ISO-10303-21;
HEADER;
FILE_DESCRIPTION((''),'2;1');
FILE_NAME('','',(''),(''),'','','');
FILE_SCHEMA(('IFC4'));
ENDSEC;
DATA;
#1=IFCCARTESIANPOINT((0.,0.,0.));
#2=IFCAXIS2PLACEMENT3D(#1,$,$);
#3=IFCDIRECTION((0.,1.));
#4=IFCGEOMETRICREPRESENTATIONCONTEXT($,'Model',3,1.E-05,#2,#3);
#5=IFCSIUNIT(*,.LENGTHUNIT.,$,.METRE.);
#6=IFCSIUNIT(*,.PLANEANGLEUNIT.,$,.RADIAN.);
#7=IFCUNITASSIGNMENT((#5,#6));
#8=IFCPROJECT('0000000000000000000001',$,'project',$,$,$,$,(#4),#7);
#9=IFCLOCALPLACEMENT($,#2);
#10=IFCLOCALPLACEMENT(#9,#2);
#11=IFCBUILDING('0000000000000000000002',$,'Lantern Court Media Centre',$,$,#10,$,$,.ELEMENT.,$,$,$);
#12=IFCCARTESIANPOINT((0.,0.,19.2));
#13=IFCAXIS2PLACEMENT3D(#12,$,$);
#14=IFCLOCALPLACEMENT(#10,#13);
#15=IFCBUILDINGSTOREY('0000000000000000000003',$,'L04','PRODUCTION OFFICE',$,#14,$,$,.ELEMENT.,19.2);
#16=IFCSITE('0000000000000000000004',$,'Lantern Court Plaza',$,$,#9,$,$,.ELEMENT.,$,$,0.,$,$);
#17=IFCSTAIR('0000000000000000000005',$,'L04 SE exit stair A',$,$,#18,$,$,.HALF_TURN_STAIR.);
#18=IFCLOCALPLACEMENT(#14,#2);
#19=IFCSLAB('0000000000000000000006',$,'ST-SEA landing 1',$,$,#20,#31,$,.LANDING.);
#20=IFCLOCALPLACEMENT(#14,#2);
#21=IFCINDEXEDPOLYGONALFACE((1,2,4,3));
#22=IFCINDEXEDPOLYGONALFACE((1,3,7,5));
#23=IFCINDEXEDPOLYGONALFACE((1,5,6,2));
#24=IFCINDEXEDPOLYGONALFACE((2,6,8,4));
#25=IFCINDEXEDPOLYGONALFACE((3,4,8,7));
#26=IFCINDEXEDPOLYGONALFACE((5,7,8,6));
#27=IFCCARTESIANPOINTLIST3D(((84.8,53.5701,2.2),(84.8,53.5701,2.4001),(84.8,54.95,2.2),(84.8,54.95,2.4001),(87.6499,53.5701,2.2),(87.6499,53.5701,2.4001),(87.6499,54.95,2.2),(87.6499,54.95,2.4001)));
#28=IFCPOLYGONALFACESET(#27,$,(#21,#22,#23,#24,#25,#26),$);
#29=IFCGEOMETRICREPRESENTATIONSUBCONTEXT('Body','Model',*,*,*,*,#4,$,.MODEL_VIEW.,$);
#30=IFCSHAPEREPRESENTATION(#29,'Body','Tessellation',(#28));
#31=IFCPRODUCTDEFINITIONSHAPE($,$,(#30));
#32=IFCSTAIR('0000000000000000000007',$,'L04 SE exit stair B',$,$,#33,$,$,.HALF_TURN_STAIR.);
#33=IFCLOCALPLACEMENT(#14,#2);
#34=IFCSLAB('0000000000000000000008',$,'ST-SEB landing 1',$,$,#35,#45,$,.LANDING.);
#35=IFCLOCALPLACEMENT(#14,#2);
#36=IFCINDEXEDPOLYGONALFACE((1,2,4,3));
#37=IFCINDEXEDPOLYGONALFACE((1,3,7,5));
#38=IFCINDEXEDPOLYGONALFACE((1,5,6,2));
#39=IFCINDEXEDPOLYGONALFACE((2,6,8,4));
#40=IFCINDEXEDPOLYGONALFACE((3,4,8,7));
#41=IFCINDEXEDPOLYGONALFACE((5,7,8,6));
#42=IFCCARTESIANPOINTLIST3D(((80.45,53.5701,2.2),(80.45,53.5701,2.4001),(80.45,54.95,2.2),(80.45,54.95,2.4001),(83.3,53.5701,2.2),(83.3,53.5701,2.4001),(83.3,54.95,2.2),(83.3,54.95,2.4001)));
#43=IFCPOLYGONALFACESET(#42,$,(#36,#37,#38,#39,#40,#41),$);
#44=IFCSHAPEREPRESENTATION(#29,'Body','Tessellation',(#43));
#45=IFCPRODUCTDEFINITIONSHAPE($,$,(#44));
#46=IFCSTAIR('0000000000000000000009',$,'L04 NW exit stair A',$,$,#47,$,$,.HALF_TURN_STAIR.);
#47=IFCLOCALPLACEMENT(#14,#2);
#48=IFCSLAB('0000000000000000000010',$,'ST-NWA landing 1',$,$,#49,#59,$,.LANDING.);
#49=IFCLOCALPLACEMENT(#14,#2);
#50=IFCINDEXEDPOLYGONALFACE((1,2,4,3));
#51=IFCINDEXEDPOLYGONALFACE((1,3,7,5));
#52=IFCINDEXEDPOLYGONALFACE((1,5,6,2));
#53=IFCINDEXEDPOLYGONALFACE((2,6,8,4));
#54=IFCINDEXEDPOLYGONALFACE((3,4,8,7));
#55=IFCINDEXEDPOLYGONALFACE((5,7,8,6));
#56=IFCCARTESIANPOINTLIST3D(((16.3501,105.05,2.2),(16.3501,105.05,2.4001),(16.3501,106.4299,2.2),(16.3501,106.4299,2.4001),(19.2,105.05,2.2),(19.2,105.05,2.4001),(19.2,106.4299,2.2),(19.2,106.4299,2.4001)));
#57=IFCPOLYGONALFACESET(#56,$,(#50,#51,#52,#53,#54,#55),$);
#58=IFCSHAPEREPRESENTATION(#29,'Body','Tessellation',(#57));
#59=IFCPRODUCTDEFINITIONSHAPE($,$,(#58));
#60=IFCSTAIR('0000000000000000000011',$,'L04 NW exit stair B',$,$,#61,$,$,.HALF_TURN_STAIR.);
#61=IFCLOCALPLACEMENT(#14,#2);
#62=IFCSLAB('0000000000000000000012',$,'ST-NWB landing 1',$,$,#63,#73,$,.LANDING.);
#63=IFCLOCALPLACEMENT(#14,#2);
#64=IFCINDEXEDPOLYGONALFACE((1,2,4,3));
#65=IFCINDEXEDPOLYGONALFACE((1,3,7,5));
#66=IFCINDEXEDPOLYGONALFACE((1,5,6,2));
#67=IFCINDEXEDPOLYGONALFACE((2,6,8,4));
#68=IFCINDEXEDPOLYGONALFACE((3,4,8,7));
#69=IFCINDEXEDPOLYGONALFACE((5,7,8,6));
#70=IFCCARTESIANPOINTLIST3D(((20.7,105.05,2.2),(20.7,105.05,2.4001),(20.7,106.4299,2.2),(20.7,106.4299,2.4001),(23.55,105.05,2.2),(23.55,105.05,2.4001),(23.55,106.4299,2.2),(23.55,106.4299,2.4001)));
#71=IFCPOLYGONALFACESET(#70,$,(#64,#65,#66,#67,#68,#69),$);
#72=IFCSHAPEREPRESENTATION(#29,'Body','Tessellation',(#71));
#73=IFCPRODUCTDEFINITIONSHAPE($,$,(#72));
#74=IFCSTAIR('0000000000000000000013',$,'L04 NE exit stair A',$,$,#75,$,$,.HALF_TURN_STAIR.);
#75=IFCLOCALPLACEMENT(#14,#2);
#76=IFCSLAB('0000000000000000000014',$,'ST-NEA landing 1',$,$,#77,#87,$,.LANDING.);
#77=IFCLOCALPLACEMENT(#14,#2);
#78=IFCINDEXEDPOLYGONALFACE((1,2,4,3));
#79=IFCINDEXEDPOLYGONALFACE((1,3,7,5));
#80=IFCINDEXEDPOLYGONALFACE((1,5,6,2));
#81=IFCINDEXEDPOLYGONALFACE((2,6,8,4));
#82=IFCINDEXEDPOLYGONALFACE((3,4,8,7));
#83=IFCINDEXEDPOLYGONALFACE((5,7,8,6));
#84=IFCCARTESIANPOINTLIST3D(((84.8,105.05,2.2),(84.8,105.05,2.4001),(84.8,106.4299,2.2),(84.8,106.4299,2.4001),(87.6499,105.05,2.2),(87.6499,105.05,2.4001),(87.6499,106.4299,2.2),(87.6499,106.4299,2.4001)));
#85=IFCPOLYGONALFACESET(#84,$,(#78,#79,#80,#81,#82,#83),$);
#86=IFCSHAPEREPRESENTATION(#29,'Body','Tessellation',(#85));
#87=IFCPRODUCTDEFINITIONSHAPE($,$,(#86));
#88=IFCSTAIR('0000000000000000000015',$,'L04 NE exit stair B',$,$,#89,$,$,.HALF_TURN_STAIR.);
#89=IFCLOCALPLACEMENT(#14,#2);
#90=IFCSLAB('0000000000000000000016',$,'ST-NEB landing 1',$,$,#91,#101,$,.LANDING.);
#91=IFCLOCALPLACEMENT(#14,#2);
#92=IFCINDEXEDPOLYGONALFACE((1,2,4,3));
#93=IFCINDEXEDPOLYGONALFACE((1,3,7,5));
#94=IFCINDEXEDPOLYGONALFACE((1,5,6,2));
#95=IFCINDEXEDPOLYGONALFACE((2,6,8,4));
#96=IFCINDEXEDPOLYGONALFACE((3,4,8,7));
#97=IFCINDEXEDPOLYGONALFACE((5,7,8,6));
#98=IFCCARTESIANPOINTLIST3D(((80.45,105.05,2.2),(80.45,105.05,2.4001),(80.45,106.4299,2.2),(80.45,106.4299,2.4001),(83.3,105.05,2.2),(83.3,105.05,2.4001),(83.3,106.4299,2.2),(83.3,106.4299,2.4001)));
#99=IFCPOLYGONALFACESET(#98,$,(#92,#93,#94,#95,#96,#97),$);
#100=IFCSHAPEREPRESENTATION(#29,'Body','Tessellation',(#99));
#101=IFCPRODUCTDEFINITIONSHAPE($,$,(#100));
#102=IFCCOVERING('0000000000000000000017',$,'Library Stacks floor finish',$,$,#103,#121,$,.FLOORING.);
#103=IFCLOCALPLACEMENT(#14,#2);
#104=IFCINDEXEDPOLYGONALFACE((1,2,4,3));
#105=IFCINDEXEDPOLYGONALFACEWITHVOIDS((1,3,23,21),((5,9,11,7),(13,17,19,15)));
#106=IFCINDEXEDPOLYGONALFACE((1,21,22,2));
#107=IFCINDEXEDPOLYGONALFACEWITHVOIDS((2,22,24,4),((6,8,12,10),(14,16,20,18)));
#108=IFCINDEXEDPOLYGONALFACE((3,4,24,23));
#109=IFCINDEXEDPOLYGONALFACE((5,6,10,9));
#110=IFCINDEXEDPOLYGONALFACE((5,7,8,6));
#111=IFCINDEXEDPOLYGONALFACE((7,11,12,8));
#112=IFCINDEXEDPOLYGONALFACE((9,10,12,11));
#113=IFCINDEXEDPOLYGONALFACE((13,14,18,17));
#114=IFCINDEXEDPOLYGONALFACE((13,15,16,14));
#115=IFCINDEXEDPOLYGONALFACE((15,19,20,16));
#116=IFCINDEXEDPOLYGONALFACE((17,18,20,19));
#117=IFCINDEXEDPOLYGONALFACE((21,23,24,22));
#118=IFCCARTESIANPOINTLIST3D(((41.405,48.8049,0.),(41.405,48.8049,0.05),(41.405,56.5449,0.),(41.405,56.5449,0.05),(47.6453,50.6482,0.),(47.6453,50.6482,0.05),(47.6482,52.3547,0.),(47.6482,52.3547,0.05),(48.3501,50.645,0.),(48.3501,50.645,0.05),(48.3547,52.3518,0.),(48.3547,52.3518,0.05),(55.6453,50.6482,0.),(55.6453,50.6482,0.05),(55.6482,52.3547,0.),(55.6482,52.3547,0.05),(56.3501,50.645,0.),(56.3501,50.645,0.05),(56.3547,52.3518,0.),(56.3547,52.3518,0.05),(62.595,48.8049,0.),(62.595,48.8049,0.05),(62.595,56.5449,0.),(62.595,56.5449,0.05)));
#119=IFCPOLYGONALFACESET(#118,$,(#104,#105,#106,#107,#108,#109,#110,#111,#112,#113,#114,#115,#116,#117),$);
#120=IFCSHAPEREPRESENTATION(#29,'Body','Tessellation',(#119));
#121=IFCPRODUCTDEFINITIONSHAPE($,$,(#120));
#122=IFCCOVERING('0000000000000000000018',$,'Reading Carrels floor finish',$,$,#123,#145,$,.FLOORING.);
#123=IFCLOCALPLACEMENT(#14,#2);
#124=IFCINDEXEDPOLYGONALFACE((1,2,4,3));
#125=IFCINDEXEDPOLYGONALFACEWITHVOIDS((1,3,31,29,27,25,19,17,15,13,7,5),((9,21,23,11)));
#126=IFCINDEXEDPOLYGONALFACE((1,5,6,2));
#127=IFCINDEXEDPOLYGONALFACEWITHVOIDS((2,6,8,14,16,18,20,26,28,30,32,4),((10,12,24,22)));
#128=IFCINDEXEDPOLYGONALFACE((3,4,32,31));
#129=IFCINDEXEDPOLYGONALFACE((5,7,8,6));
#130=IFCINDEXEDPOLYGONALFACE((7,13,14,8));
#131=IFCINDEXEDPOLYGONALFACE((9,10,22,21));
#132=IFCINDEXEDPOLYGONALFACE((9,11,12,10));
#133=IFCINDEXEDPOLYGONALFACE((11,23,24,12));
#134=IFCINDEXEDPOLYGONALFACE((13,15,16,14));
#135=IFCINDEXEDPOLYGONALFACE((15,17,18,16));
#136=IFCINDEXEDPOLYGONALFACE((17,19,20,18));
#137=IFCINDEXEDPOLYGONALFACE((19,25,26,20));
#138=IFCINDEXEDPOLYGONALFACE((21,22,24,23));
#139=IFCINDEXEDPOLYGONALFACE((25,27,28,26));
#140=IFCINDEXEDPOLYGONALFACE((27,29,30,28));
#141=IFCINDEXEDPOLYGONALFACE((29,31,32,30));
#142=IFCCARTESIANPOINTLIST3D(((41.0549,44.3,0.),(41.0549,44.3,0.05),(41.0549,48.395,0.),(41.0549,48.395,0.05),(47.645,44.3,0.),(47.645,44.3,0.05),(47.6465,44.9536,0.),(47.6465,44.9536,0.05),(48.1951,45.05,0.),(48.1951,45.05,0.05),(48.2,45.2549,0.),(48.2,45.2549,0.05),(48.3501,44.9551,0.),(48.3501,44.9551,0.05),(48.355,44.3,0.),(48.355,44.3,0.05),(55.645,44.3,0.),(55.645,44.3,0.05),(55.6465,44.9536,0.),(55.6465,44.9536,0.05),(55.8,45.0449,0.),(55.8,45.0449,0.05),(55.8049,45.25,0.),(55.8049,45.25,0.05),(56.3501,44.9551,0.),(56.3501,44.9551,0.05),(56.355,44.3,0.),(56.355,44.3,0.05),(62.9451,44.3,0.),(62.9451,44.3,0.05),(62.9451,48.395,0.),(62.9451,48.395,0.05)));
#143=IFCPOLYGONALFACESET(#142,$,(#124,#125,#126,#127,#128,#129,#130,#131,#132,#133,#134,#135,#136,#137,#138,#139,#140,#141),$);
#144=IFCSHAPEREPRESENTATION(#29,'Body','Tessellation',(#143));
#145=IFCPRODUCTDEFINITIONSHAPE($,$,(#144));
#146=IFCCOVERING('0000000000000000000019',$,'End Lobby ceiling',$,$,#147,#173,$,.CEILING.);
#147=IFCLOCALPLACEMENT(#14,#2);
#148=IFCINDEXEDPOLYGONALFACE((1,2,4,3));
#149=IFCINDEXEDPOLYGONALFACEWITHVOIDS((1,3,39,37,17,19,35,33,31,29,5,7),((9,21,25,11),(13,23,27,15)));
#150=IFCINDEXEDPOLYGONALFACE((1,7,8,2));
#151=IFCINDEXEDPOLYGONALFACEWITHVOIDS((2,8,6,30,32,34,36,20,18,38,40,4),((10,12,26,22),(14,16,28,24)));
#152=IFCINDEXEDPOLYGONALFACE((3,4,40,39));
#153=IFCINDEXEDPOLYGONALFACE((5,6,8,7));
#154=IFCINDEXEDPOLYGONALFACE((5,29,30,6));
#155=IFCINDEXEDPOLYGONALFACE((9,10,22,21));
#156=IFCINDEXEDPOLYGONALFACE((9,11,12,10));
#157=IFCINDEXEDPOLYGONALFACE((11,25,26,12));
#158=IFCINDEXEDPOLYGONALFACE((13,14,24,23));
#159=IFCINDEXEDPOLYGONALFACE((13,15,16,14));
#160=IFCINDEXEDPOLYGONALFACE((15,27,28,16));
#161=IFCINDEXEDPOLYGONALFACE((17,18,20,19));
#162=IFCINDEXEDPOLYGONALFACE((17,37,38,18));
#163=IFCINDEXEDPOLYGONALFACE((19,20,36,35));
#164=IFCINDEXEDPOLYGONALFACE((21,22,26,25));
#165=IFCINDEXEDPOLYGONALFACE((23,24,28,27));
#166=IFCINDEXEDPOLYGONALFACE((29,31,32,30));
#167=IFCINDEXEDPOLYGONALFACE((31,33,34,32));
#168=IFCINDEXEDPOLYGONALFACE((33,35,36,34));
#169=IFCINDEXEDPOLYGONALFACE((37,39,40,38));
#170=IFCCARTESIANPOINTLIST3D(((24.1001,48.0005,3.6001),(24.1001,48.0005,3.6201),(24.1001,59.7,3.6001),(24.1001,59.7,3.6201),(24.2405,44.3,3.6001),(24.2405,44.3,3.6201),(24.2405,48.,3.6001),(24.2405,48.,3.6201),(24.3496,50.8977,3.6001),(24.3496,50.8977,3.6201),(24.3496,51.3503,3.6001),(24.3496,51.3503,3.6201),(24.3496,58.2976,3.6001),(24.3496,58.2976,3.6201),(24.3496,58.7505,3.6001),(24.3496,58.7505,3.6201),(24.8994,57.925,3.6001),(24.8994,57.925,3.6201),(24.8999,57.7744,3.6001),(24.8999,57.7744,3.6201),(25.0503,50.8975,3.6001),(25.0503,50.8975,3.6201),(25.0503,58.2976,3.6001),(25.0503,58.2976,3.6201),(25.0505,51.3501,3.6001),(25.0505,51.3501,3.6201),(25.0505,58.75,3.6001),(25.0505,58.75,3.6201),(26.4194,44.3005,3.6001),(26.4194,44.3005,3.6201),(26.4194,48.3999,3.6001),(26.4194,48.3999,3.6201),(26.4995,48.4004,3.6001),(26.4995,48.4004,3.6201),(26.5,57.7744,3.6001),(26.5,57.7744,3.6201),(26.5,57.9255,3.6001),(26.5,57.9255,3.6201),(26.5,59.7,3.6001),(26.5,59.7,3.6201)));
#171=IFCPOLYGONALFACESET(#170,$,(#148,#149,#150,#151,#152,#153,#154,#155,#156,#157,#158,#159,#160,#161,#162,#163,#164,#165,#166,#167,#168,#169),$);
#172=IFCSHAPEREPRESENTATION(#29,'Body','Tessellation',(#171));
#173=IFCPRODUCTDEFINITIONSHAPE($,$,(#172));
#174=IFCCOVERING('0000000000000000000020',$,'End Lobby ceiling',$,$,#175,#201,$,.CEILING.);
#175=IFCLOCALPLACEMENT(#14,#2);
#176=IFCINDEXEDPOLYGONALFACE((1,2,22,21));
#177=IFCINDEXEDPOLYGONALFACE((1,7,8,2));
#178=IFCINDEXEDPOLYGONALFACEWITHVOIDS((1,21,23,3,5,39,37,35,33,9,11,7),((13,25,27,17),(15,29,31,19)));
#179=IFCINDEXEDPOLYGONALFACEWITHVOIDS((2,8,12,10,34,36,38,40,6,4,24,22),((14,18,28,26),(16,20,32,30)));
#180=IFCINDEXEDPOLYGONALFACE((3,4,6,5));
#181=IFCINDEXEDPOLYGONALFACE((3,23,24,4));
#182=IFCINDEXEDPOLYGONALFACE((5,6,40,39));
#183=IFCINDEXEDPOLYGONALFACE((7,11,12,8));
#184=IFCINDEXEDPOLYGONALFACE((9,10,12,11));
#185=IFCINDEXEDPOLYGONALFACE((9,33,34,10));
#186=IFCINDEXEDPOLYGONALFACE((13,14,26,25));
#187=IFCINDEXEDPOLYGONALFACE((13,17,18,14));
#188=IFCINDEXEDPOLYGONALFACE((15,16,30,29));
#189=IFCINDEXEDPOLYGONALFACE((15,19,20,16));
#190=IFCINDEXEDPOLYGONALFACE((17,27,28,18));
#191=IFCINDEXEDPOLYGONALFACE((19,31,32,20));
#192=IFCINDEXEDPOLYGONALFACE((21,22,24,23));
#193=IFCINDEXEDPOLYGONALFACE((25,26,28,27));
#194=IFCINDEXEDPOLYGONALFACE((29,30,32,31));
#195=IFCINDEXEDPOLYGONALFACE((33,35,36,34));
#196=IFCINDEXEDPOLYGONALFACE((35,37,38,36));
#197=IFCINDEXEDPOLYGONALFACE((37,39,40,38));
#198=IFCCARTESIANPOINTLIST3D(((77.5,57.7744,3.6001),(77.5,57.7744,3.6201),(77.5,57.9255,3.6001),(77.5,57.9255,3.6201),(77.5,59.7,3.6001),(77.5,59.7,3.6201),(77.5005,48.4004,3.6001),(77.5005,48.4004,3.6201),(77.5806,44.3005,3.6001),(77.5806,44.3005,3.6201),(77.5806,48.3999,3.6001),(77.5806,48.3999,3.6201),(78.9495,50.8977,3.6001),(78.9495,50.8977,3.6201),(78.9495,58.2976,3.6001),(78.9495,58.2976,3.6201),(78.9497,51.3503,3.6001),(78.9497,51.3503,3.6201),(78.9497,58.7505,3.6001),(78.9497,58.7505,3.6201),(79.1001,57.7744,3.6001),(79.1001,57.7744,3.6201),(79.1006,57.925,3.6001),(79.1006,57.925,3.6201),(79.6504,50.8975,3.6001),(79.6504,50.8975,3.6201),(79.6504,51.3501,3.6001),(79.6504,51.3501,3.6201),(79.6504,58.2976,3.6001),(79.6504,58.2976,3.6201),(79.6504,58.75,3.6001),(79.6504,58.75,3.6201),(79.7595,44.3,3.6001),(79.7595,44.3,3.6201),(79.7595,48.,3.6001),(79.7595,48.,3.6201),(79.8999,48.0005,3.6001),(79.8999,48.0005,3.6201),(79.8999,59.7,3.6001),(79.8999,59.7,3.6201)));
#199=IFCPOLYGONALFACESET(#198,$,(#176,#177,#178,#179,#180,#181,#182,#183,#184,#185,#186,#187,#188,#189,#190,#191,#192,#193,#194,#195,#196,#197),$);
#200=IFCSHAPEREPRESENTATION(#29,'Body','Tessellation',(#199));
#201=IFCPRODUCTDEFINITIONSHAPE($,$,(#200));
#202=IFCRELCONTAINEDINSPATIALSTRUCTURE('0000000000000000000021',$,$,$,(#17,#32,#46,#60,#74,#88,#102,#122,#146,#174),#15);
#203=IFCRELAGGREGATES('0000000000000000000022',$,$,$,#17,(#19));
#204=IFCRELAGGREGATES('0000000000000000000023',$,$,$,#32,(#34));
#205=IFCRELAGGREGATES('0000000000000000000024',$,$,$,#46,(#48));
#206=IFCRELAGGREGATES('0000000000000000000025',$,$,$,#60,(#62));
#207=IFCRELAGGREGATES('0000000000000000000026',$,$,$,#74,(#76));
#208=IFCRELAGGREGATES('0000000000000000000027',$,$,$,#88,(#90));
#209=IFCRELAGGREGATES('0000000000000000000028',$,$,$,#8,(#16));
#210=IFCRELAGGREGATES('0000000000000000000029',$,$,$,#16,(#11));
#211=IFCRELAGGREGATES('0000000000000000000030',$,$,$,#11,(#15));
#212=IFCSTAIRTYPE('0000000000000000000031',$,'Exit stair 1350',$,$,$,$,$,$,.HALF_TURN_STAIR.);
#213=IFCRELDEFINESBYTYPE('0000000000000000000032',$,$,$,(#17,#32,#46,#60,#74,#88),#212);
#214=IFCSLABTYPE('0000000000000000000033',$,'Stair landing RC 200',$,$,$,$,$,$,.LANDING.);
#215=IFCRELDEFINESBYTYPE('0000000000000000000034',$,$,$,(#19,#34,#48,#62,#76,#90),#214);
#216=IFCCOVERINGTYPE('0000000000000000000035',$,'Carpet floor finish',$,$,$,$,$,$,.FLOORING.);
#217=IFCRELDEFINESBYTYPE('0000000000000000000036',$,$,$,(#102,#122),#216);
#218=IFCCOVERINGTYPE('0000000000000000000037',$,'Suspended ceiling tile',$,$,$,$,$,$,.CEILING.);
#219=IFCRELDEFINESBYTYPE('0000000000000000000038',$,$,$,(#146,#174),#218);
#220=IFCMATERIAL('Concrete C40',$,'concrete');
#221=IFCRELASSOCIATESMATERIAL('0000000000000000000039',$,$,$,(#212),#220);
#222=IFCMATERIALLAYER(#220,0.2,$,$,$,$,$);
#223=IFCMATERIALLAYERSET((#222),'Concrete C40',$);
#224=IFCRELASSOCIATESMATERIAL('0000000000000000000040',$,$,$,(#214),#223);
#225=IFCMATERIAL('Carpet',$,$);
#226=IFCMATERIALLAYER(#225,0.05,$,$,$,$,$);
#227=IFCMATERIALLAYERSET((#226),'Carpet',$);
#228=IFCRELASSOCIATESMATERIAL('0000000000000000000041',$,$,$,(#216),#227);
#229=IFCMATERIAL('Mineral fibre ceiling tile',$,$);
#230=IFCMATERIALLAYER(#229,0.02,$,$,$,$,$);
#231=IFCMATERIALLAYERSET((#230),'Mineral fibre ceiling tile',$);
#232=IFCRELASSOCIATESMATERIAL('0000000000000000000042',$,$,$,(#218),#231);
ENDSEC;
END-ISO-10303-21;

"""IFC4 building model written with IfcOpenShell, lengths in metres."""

from ifc_helpers import new_model, si_unit, direction, frame, origin, place, context, subcontext, project, spatial, polyline, outline, extrude, material, layer, layer_set, type_object, element, aggregate, save


model = new_model("IFC4")

# Units and contexts
model_context = context("Model", 3, precision=1e-05, world=origin(), true_north=direction((0.0, 1.0)))
body_context = subcontext(model_context, "Body", "Model", "MODEL_VIEW")
ifc_project = project(units=[si_unit("LENGTHUNIT", "METRE"), si_unit("PLANEANGLEUNIT", "RADIAN")], contexts=[model_context])

# Site, building, storey
site_placement = place(None, origin())
site = spatial("IfcSite", under=ifc_project, at=site_placement, Name="Lantern Court Plaza", CompositionType="ELEMENT", RefElevation=0.0)
building_placement = place(site_placement, origin())
building = spatial("IfcBuilding", under=site, at=building_placement, Name="Lantern Court Media Centre", CompositionType="ELEMENT")
storey_placement = place(building_placement, frame((0.0, 0.0, 19.2)))
storey = spatial("IfcBuildingStorey", under=building, at=storey_placement, Name="L04", Description="PRODUCTION OFFICE", CompositionType="ELEMENT", Elevation=19.2)

# Stairs, slabs
ifc_material_1 = material(Name="Concrete C40", Category="concrete")
stair_type = type_object("IfcStairType", Name="Exit stair 1350", PredefinedType="HALF_TURN_STAIR", material=ifc_material_1)
ifc_layer_1 = layer(ifc_material_1, 0.2)
ifc_layer_set_1 = layer_set([ifc_layer_1], Name="Concrete C40")
slab_type_1 = type_object("IfcSlabType", Name="Stair landing RC 200", PredefinedType="LANDING", material=ifc_layer_set_1)
stair_1_placement = place(storey_placement, origin())
stair_1 = element("IfcStair", 1, at=stair_1_placement, inside=storey, type_object=stair_type, Name="L04 SE exit stair A", PredefinedType="HALF_TURN_STAIR")
slab_1_placement = place(storey_placement, frame((0.0, 0.0, 2.2)))
slab_1 = element("IfcSlab", 2, at=slab_1_placement, type_object=slab_type_1, Name="ST-SEA landing 1", PredefinedType="LANDING", context=body_context, shape_type="SweptSolid", body=[
    extrude(outline(polyline([(87.6499, 53.5701), (87.6499, 54.95), (84.8, 54.95), (84.8, 53.5701), (87.6499, 53.5701)])), origin(), (0.0, 0.0, 1.0), 0.2002),
])
aggregate(stair_1, [slab_1])
stair_2_placement = place(storey_placement, origin())
stair_2 = element("IfcStair", 3, at=stair_2_placement, inside=storey, type_object=stair_type, Name="L04 SE exit stair B", PredefinedType="HALF_TURN_STAIR")
slab_2_placement = place(storey_placement, frame((0.0, 0.0, 2.2)))
slab_2 = element("IfcSlab", 4, at=slab_2_placement, type_object=slab_type_1, Name="ST-SEB landing 1", PredefinedType="LANDING", context=body_context, shape_type="SweptSolid", body=[
    extrude(outline(polyline([(83.3, 53.5701), (83.3, 54.95), (80.45, 54.95), (80.45, 53.5701), (83.3, 53.5701)])), origin(), (0.0, 0.0, 1.0), 0.2002),
])
aggregate(stair_2, [slab_2])
stair_3_placement = place(storey_placement, origin())
stair_3 = element("IfcStair", 5, at=stair_3_placement, inside=storey, type_object=stair_type, Name="L04 NW exit stair A", PredefinedType="HALF_TURN_STAIR")
slab_3_placement = place(storey_placement, frame((0.0, 0.0, 2.2)))
slab_3 = element("IfcSlab", 6, at=slab_3_placement, type_object=slab_type_1, Name="ST-NWA landing 1", PredefinedType="LANDING", context=body_context, shape_type="SweptSolid", body=[
    extrude(outline(polyline([(16.3501, 106.4299), (16.3501, 105.05), (19.2, 105.05), (19.2, 106.4299), (16.3501, 106.4299)])), origin(), (0.0, 0.0, 1.0), 0.2002),
])
aggregate(stair_3, [slab_3])
stair_4_placement = place(storey_placement, origin())
stair_4 = element("IfcStair", 7, at=stair_4_placement, inside=storey, type_object=stair_type, Name="L04 NW exit stair B", PredefinedType="HALF_TURN_STAIR")
slab_4_placement = place(storey_placement, frame((0.0, 0.0, 2.2)))
slab_4 = element("IfcSlab", 8, at=slab_4_placement, type_object=slab_type_1, Name="ST-NWB landing 1", PredefinedType="LANDING", context=body_context, shape_type="SweptSolid", body=[
    extrude(outline(polyline([(20.7, 106.4299), (20.7, 105.05), (23.55, 105.05), (23.55, 106.4299), (20.7, 106.4299)])), origin(), (0.0, 0.0, 1.0), 0.2002),
])
aggregate(stair_4, [slab_4])
stair_5_placement = place(storey_placement, origin())
stair_5 = element("IfcStair", 9, at=stair_5_placement, inside=storey, type_object=stair_type, Name="L04 NE exit stair A", PredefinedType="HALF_TURN_STAIR")
slab_5_placement = place(storey_placement, frame((0.0, 0.0, 2.2)))
slab_5 = element("IfcSlab", 10, at=slab_5_placement, type_object=slab_type_1, Name="ST-NEA landing 1", PredefinedType="LANDING", context=body_context, shape_type="SweptSolid", body=[
    extrude(outline(polyline([(84.8, 106.4299), (84.8, 105.05), (87.6499, 105.05), (87.6499, 106.4299), (84.8, 106.4299)])), origin(), (0.0, 0.0, 1.0), 0.2002),
])
aggregate(stair_5, [slab_5])
stair_6_placement = place(storey_placement, origin())
stair_6 = element("IfcStair", 11, at=stair_6_placement, inside=storey, type_object=stair_type, Name="L04 NE exit stair B", PredefinedType="HALF_TURN_STAIR")
slab_6_placement = place(storey_placement, frame((0.0, 0.0, 2.2)))
slab_6 = element("IfcSlab", 12, at=slab_6_placement, type_object=slab_type_1, Name="ST-NEB landing 1", PredefinedType="LANDING", context=body_context, shape_type="SweptSolid", body=[
    extrude(outline(polyline([(80.45, 106.4299), (80.45, 105.05), (83.3, 105.05), (83.3, 106.4299), (80.45, 106.4299)])), origin(), (0.0, 0.0, 1.0), 0.2002),
])
aggregate(stair_6, [slab_6])

# Coverings
ifc_material_2 = material(Name="Carpet")
ifc_layer_2 = layer(ifc_material_2, 0.05)
ifc_layer_set_2 = layer_set([ifc_layer_2], Name="Carpet")
covering_type_1 = type_object("IfcCoveringType", Name="Carpet floor finish", PredefinedType="FLOORING", material=ifc_layer_set_2)
covering_1_placement = place(storey_placement, origin())
element("IfcCovering", 13, at=covering_1_placement, inside=storey, type_object=covering_type_1, Name="Library Stacks floor finish", PredefinedType="FLOORING", context=body_context, shape_type="SweptSolid", body=[
    extrude(outline(polyline([(41.405, 56.5449), (62.595, 56.5449), (62.595, 48.8049), (41.405, 48.8049), (41.405, 56.5449)]), holes=[polyline([(56.3501, 50.645), (56.3547, 52.3518), (55.6482, 52.3547), (55.6453, 50.6482), (56.3501, 50.645)]), polyline([(48.3501, 50.645), (48.3547, 52.3518), (47.6482, 52.3547), (47.6453, 50.6482), (48.3501, 50.645)])]), origin(), (0.0, 0.0, 1.0), 0.05),
])
covering_2_placement = place(storey_placement, origin())
element("IfcCovering", 14, at=covering_2_placement, inside=storey, type_object=covering_type_1, Name="Reading Carrels floor finish", PredefinedType="FLOORING", context=body_context, shape_type="SweptSolid", body=[
    extrude(outline(polyline([(41.0549, 44.3), (41.0549, 48.395), (62.9451, 48.395), (62.9451, 44.3), (56.355, 44.3), (56.3501, 44.9551), (55.6465, 44.9536), (55.645, 44.3), (48.355, 44.3), (48.3501, 44.9551), (47.6465, 44.9536), (47.645, 44.3), (41.0549, 44.3)]), holes=[polyline([(48.1951, 45.05), (55.8, 45.0449), (55.8049, 45.25), (48.2, 45.2549), (48.1951, 45.05)])]), origin(), (0.0, 0.0, 1.0), 0.05),
])
ifc_material_3 = material(Name="Mineral fibre ceiling tile")
ifc_layer_3 = layer(ifc_material_3, 0.02)
ifc_layer_set_3 = layer_set([ifc_layer_3], Name="Mineral fibre ceiling tile")
covering_type_2 = type_object("IfcCoveringType", Name="Suspended ceiling tile", PredefinedType="CEILING", material=ifc_layer_set_3)
covering_3_placement = place(storey_placement, frame((0.0, 0.0, 3.6001)))
element("IfcCovering", 15, at=covering_3_placement, inside=storey, type_object=covering_type_2, Name="End Lobby ceiling", PredefinedType="CEILING", context=body_context, shape_type="SweptSolid", body=[
    extrude(outline(polyline([(26.5, 57.7744), (26.4995, 48.4004), (26.4194, 48.3999), (26.4194, 44.3005), (24.2405, 44.3), (24.2405, 48.0), (24.1001, 48.0005), (24.1001, 59.7), (26.5, 59.7), (26.5, 57.9255), (24.8994, 57.925), (24.8999, 57.7744), (26.5, 57.7744)]), holes=[polyline([(25.0505, 58.75), (24.3496, 58.7505), (24.3496, 58.2976), (25.0503, 58.2976), (25.0505, 58.75)]), polyline([(25.0505, 51.3501), (24.3496, 51.3503), (24.3496, 50.8977), (25.0503, 50.8975), (25.0505, 51.3501)])]), origin(), (0.0, 0.0, 1.0), 0.02),
])
covering_4_placement = place(storey_placement, frame((0.0, 0.0, 3.6001)))
element("IfcCovering", 16, at=covering_4_placement, inside=storey, type_object=covering_type_2, Name="End Lobby ceiling", PredefinedType="CEILING", context=body_context, shape_type="SweptSolid", body=[
    extrude(outline(polyline([(77.5, 59.7), (79.8999, 59.7), (79.8999, 48.0005), (79.7595, 48.0), (79.7595, 44.3), (77.5806, 44.3005), (77.5806, 48.3999), (77.5005, 48.4004), (77.5, 57.7744), (79.1001, 57.7744), (79.1006, 57.925), (77.5, 57.9255), (77.5, 59.7)]), holes=[polyline([(79.6504, 58.75), (78.9497, 58.7505), (78.9495, 58.2976), (79.6504, 58.2976), (79.6504, 58.75)]), polyline([(79.6504, 51.3501), (78.9497, 51.3503), (78.9495, 50.8977), (79.6504, 50.8975), (79.6504, 51.3501)])]), origin(), (0.0, 0.0, 1.0), 0.02),
])

save(model, "model.ifc")
